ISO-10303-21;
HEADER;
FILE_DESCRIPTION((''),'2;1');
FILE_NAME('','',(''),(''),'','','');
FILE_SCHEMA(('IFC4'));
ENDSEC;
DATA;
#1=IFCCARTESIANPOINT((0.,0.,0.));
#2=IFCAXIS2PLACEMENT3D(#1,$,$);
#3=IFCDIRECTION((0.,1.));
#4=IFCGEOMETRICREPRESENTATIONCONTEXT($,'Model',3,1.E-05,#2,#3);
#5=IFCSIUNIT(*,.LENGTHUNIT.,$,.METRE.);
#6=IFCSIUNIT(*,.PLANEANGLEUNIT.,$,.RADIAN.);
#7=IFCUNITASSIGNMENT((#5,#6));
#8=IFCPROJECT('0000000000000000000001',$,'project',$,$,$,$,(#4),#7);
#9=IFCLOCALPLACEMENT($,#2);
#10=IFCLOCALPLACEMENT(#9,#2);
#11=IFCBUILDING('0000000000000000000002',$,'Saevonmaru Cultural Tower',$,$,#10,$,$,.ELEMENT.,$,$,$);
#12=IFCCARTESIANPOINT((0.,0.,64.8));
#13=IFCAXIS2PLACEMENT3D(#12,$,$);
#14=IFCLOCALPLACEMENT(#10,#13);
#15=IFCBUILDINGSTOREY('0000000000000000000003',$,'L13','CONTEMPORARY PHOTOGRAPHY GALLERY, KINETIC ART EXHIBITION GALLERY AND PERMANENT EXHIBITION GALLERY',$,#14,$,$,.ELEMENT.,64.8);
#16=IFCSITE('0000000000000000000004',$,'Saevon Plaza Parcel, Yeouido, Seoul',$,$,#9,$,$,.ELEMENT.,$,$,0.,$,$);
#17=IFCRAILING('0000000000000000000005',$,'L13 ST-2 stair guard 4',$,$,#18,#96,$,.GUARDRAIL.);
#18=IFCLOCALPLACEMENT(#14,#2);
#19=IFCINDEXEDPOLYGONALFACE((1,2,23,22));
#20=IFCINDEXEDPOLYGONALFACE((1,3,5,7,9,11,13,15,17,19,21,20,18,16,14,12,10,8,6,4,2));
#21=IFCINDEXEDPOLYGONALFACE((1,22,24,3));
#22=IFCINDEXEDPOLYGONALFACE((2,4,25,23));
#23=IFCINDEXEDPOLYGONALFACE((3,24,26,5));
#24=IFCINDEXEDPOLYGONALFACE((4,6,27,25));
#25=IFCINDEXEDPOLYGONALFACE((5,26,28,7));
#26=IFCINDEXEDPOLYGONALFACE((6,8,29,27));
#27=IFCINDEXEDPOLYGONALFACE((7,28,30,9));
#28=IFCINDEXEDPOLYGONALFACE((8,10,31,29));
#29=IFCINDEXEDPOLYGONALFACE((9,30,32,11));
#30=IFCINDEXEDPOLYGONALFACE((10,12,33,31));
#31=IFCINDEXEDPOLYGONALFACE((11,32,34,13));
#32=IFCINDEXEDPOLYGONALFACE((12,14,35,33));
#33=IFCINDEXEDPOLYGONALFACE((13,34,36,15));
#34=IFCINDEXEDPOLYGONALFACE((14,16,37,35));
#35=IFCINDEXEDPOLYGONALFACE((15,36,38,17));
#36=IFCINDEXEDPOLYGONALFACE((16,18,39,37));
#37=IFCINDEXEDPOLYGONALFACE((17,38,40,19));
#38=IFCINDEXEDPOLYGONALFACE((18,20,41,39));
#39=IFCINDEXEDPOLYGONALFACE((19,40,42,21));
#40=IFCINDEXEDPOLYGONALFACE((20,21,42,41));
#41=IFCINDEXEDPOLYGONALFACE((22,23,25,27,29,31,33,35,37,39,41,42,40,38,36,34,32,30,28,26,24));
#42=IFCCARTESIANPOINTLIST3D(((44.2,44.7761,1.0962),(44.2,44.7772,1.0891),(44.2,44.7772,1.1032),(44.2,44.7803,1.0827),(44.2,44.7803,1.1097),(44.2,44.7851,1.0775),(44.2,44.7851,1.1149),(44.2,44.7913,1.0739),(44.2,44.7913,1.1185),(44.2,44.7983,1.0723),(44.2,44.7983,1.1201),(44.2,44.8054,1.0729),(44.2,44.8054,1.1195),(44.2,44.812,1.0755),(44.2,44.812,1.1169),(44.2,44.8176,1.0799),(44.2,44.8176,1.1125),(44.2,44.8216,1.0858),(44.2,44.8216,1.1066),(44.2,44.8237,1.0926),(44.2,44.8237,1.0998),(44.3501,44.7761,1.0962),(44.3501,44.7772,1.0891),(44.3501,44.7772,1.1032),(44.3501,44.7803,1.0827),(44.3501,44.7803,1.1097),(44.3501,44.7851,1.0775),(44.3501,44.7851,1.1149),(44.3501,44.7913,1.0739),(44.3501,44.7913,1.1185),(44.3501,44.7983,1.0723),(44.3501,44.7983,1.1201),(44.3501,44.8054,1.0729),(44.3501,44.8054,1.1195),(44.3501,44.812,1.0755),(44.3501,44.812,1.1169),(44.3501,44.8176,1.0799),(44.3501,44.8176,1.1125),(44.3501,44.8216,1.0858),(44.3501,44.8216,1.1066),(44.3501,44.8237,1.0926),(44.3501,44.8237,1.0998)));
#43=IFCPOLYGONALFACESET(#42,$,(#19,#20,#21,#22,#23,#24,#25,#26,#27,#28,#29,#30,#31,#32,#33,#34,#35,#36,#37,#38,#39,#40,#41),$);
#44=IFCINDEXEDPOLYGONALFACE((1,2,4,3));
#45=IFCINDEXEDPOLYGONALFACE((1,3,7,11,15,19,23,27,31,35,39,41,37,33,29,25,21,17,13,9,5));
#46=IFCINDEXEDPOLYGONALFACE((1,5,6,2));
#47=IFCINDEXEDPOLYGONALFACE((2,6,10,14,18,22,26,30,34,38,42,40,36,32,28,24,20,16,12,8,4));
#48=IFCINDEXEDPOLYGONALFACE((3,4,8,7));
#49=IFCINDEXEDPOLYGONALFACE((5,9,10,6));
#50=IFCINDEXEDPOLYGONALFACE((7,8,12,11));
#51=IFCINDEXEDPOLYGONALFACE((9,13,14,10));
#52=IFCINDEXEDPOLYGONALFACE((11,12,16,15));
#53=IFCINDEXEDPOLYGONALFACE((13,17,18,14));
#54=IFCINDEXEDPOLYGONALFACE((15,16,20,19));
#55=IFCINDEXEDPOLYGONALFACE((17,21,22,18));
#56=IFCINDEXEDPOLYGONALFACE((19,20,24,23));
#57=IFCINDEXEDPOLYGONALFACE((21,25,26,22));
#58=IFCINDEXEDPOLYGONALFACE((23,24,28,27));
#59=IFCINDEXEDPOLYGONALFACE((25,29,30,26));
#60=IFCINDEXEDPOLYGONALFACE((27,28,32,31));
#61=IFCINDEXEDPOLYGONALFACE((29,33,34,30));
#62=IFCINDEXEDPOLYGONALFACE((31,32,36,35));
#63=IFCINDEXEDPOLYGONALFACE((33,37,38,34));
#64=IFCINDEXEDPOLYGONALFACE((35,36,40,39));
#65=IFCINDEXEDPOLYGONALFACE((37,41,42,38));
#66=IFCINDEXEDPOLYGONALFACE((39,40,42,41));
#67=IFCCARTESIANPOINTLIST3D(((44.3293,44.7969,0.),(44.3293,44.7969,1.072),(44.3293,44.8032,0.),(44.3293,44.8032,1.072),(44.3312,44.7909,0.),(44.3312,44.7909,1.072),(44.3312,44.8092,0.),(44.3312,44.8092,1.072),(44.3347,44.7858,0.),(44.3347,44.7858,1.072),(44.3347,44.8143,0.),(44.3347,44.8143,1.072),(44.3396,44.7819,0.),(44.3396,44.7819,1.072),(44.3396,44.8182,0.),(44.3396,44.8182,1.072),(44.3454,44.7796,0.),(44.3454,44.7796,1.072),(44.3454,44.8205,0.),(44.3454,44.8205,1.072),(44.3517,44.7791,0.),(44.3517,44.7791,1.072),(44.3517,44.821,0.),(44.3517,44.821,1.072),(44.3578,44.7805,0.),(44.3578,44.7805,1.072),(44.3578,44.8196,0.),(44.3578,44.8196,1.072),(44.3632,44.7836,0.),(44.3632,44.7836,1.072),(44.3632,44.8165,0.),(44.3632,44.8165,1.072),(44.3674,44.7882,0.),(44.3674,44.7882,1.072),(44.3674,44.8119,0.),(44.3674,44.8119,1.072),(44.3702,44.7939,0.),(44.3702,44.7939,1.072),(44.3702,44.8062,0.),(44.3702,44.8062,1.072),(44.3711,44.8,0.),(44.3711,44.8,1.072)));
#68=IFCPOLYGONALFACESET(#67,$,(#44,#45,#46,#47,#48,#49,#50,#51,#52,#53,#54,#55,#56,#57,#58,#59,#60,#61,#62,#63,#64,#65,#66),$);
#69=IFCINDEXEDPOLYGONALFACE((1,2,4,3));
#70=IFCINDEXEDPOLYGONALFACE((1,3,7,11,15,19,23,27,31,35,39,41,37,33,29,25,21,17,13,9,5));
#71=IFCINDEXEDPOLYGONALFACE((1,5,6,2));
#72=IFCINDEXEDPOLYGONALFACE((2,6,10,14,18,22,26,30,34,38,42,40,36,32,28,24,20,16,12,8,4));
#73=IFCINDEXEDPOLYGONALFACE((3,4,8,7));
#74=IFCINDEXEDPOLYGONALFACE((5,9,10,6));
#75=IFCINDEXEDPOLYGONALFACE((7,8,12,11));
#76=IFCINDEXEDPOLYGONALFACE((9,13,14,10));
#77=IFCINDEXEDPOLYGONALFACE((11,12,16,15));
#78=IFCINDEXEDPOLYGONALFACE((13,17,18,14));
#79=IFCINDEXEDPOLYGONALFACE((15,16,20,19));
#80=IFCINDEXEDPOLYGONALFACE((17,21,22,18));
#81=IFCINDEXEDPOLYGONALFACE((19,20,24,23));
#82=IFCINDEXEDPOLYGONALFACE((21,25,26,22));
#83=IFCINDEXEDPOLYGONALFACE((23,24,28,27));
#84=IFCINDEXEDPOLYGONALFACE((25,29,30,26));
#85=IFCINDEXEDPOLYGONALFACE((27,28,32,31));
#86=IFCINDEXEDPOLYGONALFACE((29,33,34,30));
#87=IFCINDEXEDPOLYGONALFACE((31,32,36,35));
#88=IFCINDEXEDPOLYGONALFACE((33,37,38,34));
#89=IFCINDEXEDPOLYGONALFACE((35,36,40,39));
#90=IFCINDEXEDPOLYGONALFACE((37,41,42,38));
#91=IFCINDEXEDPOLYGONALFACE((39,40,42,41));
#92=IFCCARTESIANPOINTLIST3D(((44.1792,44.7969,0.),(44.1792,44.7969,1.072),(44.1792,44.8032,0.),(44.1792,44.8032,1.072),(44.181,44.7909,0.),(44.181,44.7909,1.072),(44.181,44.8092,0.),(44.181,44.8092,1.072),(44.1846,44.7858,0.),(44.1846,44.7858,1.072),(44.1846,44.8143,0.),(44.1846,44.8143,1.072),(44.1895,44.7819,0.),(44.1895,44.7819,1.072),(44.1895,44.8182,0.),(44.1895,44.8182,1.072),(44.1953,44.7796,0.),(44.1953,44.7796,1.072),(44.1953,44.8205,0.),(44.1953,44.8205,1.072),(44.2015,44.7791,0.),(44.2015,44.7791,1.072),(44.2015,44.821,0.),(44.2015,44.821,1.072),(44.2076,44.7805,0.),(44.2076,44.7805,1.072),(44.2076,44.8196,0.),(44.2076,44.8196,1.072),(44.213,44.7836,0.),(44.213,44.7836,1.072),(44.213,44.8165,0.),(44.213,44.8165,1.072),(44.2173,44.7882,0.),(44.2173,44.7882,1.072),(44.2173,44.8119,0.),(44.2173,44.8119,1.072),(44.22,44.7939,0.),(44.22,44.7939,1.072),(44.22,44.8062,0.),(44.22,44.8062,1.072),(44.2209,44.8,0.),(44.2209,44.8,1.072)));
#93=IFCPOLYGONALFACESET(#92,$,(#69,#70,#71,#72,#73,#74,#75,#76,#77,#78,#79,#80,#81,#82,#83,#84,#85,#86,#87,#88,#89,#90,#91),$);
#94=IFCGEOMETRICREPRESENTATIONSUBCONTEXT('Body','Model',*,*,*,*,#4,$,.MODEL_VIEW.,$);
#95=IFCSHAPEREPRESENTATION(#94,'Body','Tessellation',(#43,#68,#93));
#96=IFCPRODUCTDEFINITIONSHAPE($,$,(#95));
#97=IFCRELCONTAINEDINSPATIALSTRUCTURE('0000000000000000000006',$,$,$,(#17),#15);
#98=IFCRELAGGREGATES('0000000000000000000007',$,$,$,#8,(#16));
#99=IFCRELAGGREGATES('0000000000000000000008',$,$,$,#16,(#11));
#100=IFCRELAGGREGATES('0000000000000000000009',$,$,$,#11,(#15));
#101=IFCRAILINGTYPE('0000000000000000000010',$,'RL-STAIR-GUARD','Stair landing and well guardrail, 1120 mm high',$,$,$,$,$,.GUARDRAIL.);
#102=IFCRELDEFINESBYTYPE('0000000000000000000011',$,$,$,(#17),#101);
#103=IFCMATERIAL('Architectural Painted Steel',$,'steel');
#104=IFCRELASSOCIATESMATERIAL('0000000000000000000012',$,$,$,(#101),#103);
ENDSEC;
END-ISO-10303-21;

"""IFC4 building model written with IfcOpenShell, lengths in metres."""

from ifc_helpers import new_model, si_unit, direction, frame, origin, origin_2d, place, context, subcontext, project, spatial, circle, extrude, material, type_object, element, save


model = new_model("IFC4")

# Units and contexts
model_context = context("Model", 3, precision=1e-05, world=origin(), true_north=direction((0.0, 1.0)))
body_context = subcontext(model_context, "Body", "Model", "MODEL_VIEW")
ifc_project = project(units=[si_unit("LENGTHUNIT", "METRE"), si_unit("PLANEANGLEUNIT", "RADIAN")], contexts=[model_context])

# Site, building, storey
site_placement = place(None, origin())
site = spatial("IfcSite", under=ifc_project, at=site_placement, Name="Saevon Plaza Parcel, Yeouido, Seoul", CompositionType="ELEMENT", RefElevation=0.0)
building_placement = place(site_placement, origin())
building = spatial("IfcBuilding", under=site, at=building_placement, Name="Saevonmaru Cultural Tower", CompositionType="ELEMENT")
storey_placement = place(building_placement, frame((0.0, 0.0, 64.8)))
storey = spatial("IfcBuildingStorey", under=building, at=storey_placement, Name="L13", Description="CONTEMPORARY PHOTOGRAPHY GALLERY, KINETIC ART EXHIBITION GALLERY AND PERMANENT EXHIBITION GALLERY", CompositionType="ELEMENT", Elevation=64.8)

# Railing
ifc_material_1 = material(Name="Architectural Painted Steel", Category="steel")
railing_type_1 = type_object("IfcRailingType", Name="RL-STAIR-GUARD", Description="Stair landing and well guardrail, 1120 mm high", PredefinedType="GUARDRAIL", material=ifc_material_1)
railing_1_placement = place(storey_placement, frame((44.3501, 44.8, 0.0)))
element("IfcRailing", 1, at=railing_1_placement, inside=storey, type_object=railing_type_1, Name="L13 ST-2 stair guard 4", PredefinedType="GUARDRAIL", context=body_context, shape_type="SweptSolid", body=[
    extrude(circle(Radius=0.0239, at=origin_2d()), frame((0.0, 0.0, 1.0962), z_axis=(-1.0, 0.0, 0.0), x_axis=(0.0, -1.0, 0.0)), (0.0, 0.0, 1.0), 0.1501),
    extrude(circle(Radius=0.021, at=origin_2d()), origin(), (0.0, 0.0, 1.0), 1.072),
    extrude(circle(Radius=0.021, at=origin_2d()), frame((-0.1501, 0.0, 0.0)), (0.0, 0.0, 1.0), 1.072),
])

save(model, "model.ifc")
